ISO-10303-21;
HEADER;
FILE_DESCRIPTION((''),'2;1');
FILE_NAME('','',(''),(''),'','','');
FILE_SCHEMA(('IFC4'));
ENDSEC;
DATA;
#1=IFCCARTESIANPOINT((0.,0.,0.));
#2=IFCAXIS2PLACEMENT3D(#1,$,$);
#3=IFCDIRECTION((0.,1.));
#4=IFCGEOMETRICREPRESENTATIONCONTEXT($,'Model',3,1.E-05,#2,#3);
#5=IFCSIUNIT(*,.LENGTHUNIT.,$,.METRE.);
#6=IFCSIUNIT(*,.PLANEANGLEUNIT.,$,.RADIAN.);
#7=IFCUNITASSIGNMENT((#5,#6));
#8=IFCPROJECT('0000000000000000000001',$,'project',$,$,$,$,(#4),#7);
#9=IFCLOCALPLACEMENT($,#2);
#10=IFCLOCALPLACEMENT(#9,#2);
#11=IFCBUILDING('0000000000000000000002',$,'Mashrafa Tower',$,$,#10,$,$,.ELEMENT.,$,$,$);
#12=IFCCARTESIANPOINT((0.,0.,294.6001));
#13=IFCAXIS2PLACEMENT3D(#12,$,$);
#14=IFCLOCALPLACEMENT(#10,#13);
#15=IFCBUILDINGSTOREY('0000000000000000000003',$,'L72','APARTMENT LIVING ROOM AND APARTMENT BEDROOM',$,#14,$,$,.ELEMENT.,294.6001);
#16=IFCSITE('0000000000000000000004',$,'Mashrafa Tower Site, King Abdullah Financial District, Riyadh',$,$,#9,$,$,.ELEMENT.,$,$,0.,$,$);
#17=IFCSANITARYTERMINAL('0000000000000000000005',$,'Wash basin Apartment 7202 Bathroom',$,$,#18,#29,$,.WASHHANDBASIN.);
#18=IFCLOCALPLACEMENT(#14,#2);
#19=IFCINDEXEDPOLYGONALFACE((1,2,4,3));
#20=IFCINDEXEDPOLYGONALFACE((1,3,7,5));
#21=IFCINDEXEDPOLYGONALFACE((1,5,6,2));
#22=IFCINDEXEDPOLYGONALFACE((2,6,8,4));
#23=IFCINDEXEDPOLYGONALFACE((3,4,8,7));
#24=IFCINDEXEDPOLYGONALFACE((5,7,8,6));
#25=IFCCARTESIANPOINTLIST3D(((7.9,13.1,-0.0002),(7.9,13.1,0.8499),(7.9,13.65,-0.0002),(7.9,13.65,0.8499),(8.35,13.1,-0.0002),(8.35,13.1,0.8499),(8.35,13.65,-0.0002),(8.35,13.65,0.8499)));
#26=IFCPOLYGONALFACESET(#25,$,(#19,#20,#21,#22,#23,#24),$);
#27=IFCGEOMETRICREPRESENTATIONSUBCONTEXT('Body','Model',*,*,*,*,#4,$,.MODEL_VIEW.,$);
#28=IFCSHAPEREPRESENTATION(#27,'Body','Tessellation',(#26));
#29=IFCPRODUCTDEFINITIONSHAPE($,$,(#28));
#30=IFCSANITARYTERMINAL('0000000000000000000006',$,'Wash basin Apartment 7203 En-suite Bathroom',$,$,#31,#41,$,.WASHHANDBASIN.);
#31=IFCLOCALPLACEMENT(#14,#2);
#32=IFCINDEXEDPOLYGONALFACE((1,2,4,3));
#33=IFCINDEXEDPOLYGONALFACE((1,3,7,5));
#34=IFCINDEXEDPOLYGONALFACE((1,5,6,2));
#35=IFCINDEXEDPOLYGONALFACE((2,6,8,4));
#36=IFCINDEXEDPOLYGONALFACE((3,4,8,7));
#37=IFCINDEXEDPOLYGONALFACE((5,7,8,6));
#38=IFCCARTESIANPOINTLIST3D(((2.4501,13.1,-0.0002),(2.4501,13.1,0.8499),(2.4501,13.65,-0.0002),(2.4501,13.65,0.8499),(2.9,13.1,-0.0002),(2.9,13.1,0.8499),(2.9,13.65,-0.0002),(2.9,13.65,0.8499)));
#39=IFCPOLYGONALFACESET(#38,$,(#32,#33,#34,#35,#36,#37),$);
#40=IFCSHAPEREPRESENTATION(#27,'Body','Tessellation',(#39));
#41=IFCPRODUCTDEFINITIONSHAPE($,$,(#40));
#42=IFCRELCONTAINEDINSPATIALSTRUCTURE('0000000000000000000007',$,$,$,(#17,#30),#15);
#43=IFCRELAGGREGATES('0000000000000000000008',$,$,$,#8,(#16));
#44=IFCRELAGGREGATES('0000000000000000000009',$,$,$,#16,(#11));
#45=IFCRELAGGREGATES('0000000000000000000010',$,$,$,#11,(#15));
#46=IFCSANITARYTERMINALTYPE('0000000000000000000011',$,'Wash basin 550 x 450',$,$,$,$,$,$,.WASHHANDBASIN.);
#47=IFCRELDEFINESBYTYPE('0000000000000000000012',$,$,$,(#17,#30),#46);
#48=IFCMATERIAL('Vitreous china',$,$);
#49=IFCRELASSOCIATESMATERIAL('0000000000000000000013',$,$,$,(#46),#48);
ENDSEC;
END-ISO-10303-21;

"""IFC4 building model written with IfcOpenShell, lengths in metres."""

from ifc_helpers import new_model, si_unit, direction, frame, origin, origin_2d, place, context, subcontext, project, spatial, rectangle, extrude, material, type_object, element, save


model = new_model("IFC4")

# Units and contexts
model_context = context("Model", 3, precision=1e-05, world=origin(), true_north=direction((0.0, 1.0)))
body_context = subcontext(model_context, "Body", "Model", "MODEL_VIEW")
ifc_project = project(units=[si_unit("LENGTHUNIT", "METRE"), si_unit("PLANEANGLEUNIT", "RADIAN")], contexts=[model_context])

# Site, building, storey
site_placement = place(None, origin())
site = spatial("IfcSite", under=ifc_project, at=site_placement, Name="Mashrafa Tower Site, King Abdullah Financial District, Riyadh", CompositionType="ELEMENT", RefElevation=0.0)
building_placement = place(site_placement, origin())
building = spatial("IfcBuilding", under=site, at=building_placement, Name="Mashrafa Tower", CompositionType="ELEMENT")
storey_placement = place(building_placement, frame((0.0, 0.0, 294.6001)))
storey = spatial("IfcBuildingStorey", under=building, at=storey_placement, Name="L72", Description="APARTMENT LIVING ROOM AND APARTMENT BEDROOM", CompositionType="ELEMENT", Elevation=294.6001)

# Sanitary terminals
ifc_material_1 = material(Name="Vitreous china")
sanitary_terminal_type_1 = type_object("IfcSanitaryTerminalType", Name="Wash basin 550 x 450", PredefinedType="WASHHANDBASIN", material=ifc_material_1)
for number, where, z_axis, x_axis, name in (
    (1, (8.125, 13.375, -0.0002), (0.0, 0.0, 1.0), (0.0, -1.0, 0.0), "Wash basin Apartment 7202 Bathroom"),
    (2, (2.675, 13.375, -0.0002), (0.0, 0.0, 1.0), (0.0, -1.0, 0.0), "Wash basin Apartment 7203 En-suite Bathroom"),
):
    element("IfcSanitaryTerminal", number, at=place(storey_placement, frame(where, z_axis=z_axis, x_axis=x_axis)), inside=storey, type_object=sanitary_terminal_type_1, Name=name, PredefinedType="WASHHANDBASIN", context=body_context, shape_type="SweptSolid", body=[
        extrude(rectangle(XDim=0.55, YDim=0.45, at=origin_2d()), origin(), (0.0, 0.0, 1.0), 0.8501),
    ])

save(model, "model.ifc")
